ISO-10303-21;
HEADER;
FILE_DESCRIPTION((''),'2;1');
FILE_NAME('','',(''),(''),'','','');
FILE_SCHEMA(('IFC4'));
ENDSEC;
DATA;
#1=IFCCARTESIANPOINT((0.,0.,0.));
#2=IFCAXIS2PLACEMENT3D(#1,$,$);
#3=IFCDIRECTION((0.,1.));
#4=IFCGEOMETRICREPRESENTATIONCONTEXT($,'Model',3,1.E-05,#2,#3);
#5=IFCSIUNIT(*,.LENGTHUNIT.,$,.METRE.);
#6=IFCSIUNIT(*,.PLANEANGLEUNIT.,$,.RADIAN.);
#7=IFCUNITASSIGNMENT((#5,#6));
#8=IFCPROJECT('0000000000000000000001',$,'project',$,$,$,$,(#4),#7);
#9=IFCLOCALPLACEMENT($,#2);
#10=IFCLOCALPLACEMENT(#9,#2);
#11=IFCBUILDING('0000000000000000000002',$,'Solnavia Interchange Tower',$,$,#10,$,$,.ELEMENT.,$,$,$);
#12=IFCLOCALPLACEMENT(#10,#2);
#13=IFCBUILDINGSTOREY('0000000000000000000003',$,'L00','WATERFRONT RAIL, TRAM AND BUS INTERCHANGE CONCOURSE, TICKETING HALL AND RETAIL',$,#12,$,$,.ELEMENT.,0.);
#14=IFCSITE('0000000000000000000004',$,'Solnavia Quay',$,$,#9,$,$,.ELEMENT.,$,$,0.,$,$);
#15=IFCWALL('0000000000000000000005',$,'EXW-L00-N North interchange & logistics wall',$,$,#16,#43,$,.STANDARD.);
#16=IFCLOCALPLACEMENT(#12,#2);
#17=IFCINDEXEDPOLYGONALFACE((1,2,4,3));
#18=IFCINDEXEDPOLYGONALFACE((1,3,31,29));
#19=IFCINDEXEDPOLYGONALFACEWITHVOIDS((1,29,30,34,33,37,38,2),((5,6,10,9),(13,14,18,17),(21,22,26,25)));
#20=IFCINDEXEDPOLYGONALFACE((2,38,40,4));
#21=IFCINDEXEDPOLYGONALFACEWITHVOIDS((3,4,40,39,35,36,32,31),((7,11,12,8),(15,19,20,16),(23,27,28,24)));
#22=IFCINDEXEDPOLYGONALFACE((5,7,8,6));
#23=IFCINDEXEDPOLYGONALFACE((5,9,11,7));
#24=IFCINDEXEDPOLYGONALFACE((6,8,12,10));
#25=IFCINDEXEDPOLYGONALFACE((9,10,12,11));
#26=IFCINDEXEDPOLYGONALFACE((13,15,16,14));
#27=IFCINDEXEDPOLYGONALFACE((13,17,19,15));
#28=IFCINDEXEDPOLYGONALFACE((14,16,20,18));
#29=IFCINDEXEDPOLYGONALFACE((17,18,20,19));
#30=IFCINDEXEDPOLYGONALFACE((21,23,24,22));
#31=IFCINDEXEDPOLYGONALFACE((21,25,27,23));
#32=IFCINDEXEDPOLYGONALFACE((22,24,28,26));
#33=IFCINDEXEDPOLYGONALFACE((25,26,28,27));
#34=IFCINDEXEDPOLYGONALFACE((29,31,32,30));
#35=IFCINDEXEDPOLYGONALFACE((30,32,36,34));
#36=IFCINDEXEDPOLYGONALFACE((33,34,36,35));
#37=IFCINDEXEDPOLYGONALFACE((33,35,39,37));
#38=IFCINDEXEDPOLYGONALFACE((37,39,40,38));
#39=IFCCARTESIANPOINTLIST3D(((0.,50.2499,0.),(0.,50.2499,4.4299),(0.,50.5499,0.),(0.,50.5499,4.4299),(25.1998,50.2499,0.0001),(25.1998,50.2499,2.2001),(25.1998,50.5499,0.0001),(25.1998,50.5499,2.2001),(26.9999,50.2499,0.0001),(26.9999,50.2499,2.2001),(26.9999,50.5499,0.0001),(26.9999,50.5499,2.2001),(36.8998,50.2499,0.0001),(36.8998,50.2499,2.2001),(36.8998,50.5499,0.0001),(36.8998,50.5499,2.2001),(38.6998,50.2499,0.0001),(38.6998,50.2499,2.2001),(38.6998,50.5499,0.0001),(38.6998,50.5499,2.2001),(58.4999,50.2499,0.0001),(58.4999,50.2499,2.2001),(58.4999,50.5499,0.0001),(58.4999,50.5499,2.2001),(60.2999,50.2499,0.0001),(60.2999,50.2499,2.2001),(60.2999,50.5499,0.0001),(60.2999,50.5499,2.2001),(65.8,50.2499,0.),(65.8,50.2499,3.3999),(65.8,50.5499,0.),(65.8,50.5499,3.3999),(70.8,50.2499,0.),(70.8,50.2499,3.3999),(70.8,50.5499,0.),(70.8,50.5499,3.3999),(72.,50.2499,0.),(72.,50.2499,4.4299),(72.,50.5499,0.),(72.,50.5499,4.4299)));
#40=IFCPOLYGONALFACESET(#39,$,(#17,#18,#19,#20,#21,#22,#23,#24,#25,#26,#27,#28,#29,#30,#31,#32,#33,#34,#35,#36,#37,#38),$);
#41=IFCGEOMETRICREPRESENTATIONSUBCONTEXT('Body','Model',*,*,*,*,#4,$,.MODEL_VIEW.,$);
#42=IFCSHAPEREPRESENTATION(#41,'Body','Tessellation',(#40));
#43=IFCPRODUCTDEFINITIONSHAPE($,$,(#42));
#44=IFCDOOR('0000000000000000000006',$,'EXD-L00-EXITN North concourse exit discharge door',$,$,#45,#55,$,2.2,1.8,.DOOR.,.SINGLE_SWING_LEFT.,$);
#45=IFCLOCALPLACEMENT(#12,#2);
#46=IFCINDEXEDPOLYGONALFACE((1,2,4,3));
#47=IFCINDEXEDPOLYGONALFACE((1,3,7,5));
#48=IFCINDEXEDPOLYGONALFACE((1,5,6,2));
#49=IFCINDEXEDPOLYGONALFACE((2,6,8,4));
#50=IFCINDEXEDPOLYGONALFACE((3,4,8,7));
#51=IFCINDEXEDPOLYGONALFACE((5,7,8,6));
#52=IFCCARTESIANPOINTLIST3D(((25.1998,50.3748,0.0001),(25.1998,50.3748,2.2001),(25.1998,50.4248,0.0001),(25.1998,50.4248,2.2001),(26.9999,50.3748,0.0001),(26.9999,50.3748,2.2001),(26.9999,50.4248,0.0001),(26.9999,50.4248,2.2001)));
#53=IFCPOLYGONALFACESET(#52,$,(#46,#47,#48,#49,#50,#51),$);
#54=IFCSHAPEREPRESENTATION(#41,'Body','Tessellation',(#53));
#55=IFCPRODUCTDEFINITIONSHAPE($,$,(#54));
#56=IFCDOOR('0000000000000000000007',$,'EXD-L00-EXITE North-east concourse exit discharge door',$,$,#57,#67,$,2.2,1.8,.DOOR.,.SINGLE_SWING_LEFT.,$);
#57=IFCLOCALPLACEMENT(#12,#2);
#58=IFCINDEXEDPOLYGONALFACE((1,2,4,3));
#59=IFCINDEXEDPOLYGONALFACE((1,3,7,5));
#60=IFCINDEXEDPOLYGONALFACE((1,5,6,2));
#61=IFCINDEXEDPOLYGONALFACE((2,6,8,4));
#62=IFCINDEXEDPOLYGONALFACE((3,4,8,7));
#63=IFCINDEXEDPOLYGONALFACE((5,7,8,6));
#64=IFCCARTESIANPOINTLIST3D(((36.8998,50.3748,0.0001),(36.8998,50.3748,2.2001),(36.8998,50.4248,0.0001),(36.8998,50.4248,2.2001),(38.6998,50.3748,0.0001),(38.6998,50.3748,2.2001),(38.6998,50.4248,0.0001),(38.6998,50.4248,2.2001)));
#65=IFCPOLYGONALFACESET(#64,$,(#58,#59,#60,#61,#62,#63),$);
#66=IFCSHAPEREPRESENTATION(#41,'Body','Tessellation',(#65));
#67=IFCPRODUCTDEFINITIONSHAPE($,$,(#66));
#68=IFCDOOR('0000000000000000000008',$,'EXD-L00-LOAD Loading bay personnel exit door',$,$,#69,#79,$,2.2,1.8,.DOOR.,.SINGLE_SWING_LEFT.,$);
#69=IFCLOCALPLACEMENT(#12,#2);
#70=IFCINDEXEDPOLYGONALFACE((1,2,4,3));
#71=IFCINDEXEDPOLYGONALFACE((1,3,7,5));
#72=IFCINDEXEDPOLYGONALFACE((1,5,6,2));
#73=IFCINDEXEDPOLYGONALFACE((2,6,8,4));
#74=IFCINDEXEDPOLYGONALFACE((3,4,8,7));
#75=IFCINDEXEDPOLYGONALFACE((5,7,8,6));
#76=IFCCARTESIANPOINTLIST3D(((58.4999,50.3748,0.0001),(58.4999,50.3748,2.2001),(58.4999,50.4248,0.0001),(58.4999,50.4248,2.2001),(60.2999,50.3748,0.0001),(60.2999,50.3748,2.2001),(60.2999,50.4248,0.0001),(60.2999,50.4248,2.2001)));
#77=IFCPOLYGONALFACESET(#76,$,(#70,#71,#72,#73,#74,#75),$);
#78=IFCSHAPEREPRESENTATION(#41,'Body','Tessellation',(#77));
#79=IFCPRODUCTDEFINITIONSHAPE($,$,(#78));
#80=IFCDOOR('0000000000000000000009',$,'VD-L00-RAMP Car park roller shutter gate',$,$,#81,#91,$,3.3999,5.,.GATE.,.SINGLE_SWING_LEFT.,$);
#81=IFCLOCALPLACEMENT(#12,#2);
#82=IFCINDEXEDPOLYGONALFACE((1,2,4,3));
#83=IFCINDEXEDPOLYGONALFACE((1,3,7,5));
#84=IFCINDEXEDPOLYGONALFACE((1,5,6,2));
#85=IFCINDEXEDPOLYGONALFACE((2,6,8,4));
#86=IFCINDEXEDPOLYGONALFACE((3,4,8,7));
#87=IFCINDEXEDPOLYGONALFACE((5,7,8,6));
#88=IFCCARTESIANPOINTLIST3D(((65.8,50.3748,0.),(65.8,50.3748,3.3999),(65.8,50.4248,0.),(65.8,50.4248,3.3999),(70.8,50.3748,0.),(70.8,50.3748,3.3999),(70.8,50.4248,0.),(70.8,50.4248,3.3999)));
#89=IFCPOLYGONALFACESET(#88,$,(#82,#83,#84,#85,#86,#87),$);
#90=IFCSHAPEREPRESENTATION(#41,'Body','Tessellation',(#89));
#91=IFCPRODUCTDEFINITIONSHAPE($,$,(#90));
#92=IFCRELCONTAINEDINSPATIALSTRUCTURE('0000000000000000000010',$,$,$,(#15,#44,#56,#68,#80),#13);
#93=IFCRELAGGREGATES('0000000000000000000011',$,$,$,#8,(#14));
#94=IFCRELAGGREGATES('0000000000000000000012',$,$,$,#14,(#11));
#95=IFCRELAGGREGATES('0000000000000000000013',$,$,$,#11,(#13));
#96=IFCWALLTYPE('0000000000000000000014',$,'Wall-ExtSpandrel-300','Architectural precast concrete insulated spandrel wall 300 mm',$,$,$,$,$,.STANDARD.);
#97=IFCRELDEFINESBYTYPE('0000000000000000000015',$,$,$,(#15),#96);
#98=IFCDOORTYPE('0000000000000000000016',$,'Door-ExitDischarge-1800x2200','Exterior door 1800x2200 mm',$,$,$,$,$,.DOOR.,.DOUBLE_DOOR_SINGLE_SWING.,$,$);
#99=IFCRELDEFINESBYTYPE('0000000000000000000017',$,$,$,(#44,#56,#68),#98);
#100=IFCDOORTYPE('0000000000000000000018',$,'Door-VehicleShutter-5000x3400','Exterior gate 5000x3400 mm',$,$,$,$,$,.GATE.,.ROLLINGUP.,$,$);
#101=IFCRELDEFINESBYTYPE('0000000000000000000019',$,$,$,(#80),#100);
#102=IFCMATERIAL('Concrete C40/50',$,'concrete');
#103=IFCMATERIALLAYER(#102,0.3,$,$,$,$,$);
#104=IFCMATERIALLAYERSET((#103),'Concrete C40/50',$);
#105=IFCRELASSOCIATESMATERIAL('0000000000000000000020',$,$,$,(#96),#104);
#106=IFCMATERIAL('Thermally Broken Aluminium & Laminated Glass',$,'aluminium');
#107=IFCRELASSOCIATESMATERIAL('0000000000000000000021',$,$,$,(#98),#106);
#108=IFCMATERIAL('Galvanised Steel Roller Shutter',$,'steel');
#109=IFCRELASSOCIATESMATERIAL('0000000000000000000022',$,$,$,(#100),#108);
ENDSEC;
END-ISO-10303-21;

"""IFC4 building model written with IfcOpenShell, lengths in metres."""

from ifc_helpers import new_model, si_unit, direction, frame, frame_2d, origin, place, context, subcontext, project, spatial, rectangle, extrude, material, layer, layer_set, type_object, element, fill, save


model = new_model("IFC4")

# Units and contexts
model_context = context("Model", 3, precision=1e-05, world=origin(), true_north=direction((0.0, 1.0)))
body_context = subcontext(model_context, "Body", "Model", "MODEL_VIEW")
ifc_project = project(units=[si_unit("LENGTHUNIT", "METRE"), si_unit("PLANEANGLEUNIT", "RADIAN")], contexts=[model_context])

# Site, building, storey
site_placement = place(None, origin())
site = spatial("IfcSite", under=ifc_project, at=site_placement, Name="Solnavia Quay", CompositionType="ELEMENT", RefElevation=0.0)
building_placement = place(site_placement, origin())
building = spatial("IfcBuilding", under=site, at=building_placement, Name="Solnavia Interchange Tower", CompositionType="ELEMENT")
storey_placement = place(building_placement, origin())
storey = spatial("IfcBuildingStorey", under=building, at=storey_placement, Name="L00", Description="WATERFRONT RAIL, TRAM AND BUS INTERCHANGE CONCOURSE, TICKETING HALL AND RETAIL", CompositionType="ELEMENT", Elevation=0.0)

# Wall, openings, doors
ifc_material_1 = material(Name="Concrete C40/50", Category="concrete")
ifc_layer = layer(ifc_material_1, 0.3)
ifc_layer_set = layer_set([ifc_layer], Name="Concrete C40/50")
wall_type = type_object("IfcWallType", Name="Wall-ExtSpandrel-300", Description="Architectural precast concrete insulated spandrel wall 300 mm", PredefinedType="STANDARD", material=ifc_layer_set)
wall_placement = place(storey_placement, frame((0.0, 50.3999, 0.0), z_axis=(0.0, 0.0, 1.0), x_axis=(1.0, 0.0, 0.0)))
wall = element("IfcWall", 1, at=wall_placement, inside=storey, type_object=wall_type, Name="EXW-L00-N North interchange & logistics wall", PredefinedType="STANDARD", context=body_context, shape_type="SweptSolid", body=[
    extrude(rectangle(XDim=72.0, YDim=0.3, at=frame_2d((36.0, 0.0))), origin(), (0.0, 0.0, 1.0), 4.4299),
])
opening_1_placement = place(wall_placement, frame((25.2, 0.0, 0.0)))
opening_1 = element("IfcOpeningElement", 2, at=opening_1_placement, cuts=wall, PredefinedType="OPENING", context=body_context, shape_type="SweptSolid", body=[
    extrude(rectangle(XDim=1.8, YDim=2.2, at=frame_2d((0.8999, 1.1001))), frame((0.0, 0.1602, 0.0), z_axis=(0.0, -1.0, 0.0), x_axis=(1.0, 0.0, 0.0)), (0.0, 0.0, 1.0), 0.3201),
])
opening_2_placement = place(wall_placement, frame((36.8999, 0.0, 0.0)))
opening_2 = element("IfcOpeningElement", 3, at=opening_2_placement, cuts=wall, PredefinedType="OPENING", context=body_context, shape_type="SweptSolid", body=[
    extrude(rectangle(XDim=1.8, YDim=2.2, at=frame_2d((0.8999, 1.1001))), frame((0.0, 0.1602, 0.0), z_axis=(0.0, -1.0, 0.0), x_axis=(1.0, 0.0, 0.0)), (0.0, 0.0, 1.0), 0.3201),
])
opening_3_placement = place(wall_placement, frame((58.5, 0.0, 0.0)))
opening_3 = element("IfcOpeningElement", 4, at=opening_3_placement, cuts=wall, PredefinedType="OPENING", context=body_context, shape_type="SweptSolid", body=[
    extrude(rectangle(XDim=1.8, YDim=2.2, at=frame_2d((0.8999, 1.1001))), frame((0.0, 0.1602, 0.0), z_axis=(0.0, -1.0, 0.0), x_axis=(1.0, 0.0, 0.0)), (0.0, 0.0, 1.0), 0.3201),
])
opening_4_placement = place(wall_placement, frame((65.8, 0.0, 0.0)))
opening_4 = element("IfcOpeningElement", 5, at=opening_4_placement, cuts=wall, PredefinedType="OPENING", context=body_context, shape_type="SweptSolid", body=[
    extrude(rectangle(XDim=5.0, YDim=3.3999, at=frame_2d((2.5, 1.7))), frame((0.0, 0.1602, 0.0), z_axis=(0.0, -1.0, 0.0), x_axis=(1.0, 0.0, 0.0)), (0.0, 0.0, 1.0), 0.3201),
])
ifc_material_2 = material(Name="Thermally Broken Aluminium & Laminated Glass", Category="aluminium")
door_type_1 = type_object("IfcDoorType", Name="Door-ExitDischarge-1800x2200", Description="Exterior door 1800x2200 mm", OperationType="DOUBLE_DOOR_SINGLE_SWING", PredefinedType="DOOR", material=ifc_material_2)
door_1_placement = place(opening_1_placement, origin())
door_1 = element("IfcDoor", 6, at=door_1_placement, inside=storey, type_object=door_type_1, Name="EXD-L00-EXITN North concourse exit discharge door", OperationType="SINGLE_SWING_LEFT", OverallHeight=2.2, OverallWidth=1.8, PredefinedType="DOOR", context=body_context, shape_type="SweptSolid", body=[
    extrude(rectangle(XDim=1.8, YDim=2.2, at=frame_2d((0.8999, 1.1001))), frame((0.0, 0.0249, 0.0), z_axis=(0.0, -1.0, 0.0), x_axis=(1.0, 0.0, 0.0)), (0.0, 0.0, 1.0), 0.05),
])
fill(opening_1, door_1)
door_2_placement = place(opening_2_placement, origin())
door_2 = element("IfcDoor", 7, at=door_2_placement, inside=storey, type_object=door_type_1, Name="EXD-L00-EXITE North-east concourse exit discharge door", OperationType="SINGLE_SWING_LEFT", OverallHeight=2.2, OverallWidth=1.8, PredefinedType="DOOR", context=body_context, shape_type="SweptSolid", body=[
    extrude(rectangle(XDim=1.8, YDim=2.2, at=frame_2d((0.8999, 1.1001))), frame((0.0, 0.0249, 0.0), z_axis=(0.0, -1.0, 0.0), x_axis=(1.0, 0.0, 0.0)), (0.0, 0.0, 1.0), 0.05),
])
fill(opening_2, door_2)
door_3_placement = place(opening_3_placement, origin())
door_3 = element("IfcDoor", 8, at=door_3_placement, inside=storey, type_object=door_type_1, Name="EXD-L00-LOAD Loading bay personnel exit door", OperationType="SINGLE_SWING_LEFT", OverallHeight=2.2, OverallWidth=1.8, PredefinedType="DOOR", context=body_context, shape_type="SweptSolid", body=[
    extrude(rectangle(XDim=1.8, YDim=2.2, at=frame_2d((0.8999, 1.1001))), frame((0.0, 0.0249, 0.0), z_axis=(0.0, -1.0, 0.0), x_axis=(1.0, 0.0, 0.0)), (0.0, 0.0, 1.0), 0.05),
])
fill(opening_3, door_3)
ifc_material_3 = material(Name="Galvanised Steel Roller Shutter", Category="steel")
door_type_2 = type_object("IfcDoorType", Name="Door-VehicleShutter-5000x3400", Description="Exterior gate 5000x3400 mm", OperationType="ROLLINGUP", PredefinedType="GATE", material=ifc_material_3)
door_4_placement = place(opening_4_placement, origin())
door_4 = element("IfcDoor", 9, at=door_4_placement, inside=storey, type_object=door_type_2, Name="VD-L00-RAMP Car park roller shutter gate", OperationType="SINGLE_SWING_LEFT", OverallHeight=3.3999, OverallWidth=5.0, PredefinedType="GATE", context=body_context, shape_type="SweptSolid", body=[
    extrude(rectangle(XDim=5.0, YDim=3.3999, at=frame_2d((2.5, 1.7))), frame((0.0, 0.0249, 0.0), z_axis=(0.0, -1.0, 0.0), x_axis=(1.0, 0.0, 0.0)), (0.0, 0.0, 1.0), 0.05),
])
fill(opening_4, door_4)

save(model, "model.ifc")
